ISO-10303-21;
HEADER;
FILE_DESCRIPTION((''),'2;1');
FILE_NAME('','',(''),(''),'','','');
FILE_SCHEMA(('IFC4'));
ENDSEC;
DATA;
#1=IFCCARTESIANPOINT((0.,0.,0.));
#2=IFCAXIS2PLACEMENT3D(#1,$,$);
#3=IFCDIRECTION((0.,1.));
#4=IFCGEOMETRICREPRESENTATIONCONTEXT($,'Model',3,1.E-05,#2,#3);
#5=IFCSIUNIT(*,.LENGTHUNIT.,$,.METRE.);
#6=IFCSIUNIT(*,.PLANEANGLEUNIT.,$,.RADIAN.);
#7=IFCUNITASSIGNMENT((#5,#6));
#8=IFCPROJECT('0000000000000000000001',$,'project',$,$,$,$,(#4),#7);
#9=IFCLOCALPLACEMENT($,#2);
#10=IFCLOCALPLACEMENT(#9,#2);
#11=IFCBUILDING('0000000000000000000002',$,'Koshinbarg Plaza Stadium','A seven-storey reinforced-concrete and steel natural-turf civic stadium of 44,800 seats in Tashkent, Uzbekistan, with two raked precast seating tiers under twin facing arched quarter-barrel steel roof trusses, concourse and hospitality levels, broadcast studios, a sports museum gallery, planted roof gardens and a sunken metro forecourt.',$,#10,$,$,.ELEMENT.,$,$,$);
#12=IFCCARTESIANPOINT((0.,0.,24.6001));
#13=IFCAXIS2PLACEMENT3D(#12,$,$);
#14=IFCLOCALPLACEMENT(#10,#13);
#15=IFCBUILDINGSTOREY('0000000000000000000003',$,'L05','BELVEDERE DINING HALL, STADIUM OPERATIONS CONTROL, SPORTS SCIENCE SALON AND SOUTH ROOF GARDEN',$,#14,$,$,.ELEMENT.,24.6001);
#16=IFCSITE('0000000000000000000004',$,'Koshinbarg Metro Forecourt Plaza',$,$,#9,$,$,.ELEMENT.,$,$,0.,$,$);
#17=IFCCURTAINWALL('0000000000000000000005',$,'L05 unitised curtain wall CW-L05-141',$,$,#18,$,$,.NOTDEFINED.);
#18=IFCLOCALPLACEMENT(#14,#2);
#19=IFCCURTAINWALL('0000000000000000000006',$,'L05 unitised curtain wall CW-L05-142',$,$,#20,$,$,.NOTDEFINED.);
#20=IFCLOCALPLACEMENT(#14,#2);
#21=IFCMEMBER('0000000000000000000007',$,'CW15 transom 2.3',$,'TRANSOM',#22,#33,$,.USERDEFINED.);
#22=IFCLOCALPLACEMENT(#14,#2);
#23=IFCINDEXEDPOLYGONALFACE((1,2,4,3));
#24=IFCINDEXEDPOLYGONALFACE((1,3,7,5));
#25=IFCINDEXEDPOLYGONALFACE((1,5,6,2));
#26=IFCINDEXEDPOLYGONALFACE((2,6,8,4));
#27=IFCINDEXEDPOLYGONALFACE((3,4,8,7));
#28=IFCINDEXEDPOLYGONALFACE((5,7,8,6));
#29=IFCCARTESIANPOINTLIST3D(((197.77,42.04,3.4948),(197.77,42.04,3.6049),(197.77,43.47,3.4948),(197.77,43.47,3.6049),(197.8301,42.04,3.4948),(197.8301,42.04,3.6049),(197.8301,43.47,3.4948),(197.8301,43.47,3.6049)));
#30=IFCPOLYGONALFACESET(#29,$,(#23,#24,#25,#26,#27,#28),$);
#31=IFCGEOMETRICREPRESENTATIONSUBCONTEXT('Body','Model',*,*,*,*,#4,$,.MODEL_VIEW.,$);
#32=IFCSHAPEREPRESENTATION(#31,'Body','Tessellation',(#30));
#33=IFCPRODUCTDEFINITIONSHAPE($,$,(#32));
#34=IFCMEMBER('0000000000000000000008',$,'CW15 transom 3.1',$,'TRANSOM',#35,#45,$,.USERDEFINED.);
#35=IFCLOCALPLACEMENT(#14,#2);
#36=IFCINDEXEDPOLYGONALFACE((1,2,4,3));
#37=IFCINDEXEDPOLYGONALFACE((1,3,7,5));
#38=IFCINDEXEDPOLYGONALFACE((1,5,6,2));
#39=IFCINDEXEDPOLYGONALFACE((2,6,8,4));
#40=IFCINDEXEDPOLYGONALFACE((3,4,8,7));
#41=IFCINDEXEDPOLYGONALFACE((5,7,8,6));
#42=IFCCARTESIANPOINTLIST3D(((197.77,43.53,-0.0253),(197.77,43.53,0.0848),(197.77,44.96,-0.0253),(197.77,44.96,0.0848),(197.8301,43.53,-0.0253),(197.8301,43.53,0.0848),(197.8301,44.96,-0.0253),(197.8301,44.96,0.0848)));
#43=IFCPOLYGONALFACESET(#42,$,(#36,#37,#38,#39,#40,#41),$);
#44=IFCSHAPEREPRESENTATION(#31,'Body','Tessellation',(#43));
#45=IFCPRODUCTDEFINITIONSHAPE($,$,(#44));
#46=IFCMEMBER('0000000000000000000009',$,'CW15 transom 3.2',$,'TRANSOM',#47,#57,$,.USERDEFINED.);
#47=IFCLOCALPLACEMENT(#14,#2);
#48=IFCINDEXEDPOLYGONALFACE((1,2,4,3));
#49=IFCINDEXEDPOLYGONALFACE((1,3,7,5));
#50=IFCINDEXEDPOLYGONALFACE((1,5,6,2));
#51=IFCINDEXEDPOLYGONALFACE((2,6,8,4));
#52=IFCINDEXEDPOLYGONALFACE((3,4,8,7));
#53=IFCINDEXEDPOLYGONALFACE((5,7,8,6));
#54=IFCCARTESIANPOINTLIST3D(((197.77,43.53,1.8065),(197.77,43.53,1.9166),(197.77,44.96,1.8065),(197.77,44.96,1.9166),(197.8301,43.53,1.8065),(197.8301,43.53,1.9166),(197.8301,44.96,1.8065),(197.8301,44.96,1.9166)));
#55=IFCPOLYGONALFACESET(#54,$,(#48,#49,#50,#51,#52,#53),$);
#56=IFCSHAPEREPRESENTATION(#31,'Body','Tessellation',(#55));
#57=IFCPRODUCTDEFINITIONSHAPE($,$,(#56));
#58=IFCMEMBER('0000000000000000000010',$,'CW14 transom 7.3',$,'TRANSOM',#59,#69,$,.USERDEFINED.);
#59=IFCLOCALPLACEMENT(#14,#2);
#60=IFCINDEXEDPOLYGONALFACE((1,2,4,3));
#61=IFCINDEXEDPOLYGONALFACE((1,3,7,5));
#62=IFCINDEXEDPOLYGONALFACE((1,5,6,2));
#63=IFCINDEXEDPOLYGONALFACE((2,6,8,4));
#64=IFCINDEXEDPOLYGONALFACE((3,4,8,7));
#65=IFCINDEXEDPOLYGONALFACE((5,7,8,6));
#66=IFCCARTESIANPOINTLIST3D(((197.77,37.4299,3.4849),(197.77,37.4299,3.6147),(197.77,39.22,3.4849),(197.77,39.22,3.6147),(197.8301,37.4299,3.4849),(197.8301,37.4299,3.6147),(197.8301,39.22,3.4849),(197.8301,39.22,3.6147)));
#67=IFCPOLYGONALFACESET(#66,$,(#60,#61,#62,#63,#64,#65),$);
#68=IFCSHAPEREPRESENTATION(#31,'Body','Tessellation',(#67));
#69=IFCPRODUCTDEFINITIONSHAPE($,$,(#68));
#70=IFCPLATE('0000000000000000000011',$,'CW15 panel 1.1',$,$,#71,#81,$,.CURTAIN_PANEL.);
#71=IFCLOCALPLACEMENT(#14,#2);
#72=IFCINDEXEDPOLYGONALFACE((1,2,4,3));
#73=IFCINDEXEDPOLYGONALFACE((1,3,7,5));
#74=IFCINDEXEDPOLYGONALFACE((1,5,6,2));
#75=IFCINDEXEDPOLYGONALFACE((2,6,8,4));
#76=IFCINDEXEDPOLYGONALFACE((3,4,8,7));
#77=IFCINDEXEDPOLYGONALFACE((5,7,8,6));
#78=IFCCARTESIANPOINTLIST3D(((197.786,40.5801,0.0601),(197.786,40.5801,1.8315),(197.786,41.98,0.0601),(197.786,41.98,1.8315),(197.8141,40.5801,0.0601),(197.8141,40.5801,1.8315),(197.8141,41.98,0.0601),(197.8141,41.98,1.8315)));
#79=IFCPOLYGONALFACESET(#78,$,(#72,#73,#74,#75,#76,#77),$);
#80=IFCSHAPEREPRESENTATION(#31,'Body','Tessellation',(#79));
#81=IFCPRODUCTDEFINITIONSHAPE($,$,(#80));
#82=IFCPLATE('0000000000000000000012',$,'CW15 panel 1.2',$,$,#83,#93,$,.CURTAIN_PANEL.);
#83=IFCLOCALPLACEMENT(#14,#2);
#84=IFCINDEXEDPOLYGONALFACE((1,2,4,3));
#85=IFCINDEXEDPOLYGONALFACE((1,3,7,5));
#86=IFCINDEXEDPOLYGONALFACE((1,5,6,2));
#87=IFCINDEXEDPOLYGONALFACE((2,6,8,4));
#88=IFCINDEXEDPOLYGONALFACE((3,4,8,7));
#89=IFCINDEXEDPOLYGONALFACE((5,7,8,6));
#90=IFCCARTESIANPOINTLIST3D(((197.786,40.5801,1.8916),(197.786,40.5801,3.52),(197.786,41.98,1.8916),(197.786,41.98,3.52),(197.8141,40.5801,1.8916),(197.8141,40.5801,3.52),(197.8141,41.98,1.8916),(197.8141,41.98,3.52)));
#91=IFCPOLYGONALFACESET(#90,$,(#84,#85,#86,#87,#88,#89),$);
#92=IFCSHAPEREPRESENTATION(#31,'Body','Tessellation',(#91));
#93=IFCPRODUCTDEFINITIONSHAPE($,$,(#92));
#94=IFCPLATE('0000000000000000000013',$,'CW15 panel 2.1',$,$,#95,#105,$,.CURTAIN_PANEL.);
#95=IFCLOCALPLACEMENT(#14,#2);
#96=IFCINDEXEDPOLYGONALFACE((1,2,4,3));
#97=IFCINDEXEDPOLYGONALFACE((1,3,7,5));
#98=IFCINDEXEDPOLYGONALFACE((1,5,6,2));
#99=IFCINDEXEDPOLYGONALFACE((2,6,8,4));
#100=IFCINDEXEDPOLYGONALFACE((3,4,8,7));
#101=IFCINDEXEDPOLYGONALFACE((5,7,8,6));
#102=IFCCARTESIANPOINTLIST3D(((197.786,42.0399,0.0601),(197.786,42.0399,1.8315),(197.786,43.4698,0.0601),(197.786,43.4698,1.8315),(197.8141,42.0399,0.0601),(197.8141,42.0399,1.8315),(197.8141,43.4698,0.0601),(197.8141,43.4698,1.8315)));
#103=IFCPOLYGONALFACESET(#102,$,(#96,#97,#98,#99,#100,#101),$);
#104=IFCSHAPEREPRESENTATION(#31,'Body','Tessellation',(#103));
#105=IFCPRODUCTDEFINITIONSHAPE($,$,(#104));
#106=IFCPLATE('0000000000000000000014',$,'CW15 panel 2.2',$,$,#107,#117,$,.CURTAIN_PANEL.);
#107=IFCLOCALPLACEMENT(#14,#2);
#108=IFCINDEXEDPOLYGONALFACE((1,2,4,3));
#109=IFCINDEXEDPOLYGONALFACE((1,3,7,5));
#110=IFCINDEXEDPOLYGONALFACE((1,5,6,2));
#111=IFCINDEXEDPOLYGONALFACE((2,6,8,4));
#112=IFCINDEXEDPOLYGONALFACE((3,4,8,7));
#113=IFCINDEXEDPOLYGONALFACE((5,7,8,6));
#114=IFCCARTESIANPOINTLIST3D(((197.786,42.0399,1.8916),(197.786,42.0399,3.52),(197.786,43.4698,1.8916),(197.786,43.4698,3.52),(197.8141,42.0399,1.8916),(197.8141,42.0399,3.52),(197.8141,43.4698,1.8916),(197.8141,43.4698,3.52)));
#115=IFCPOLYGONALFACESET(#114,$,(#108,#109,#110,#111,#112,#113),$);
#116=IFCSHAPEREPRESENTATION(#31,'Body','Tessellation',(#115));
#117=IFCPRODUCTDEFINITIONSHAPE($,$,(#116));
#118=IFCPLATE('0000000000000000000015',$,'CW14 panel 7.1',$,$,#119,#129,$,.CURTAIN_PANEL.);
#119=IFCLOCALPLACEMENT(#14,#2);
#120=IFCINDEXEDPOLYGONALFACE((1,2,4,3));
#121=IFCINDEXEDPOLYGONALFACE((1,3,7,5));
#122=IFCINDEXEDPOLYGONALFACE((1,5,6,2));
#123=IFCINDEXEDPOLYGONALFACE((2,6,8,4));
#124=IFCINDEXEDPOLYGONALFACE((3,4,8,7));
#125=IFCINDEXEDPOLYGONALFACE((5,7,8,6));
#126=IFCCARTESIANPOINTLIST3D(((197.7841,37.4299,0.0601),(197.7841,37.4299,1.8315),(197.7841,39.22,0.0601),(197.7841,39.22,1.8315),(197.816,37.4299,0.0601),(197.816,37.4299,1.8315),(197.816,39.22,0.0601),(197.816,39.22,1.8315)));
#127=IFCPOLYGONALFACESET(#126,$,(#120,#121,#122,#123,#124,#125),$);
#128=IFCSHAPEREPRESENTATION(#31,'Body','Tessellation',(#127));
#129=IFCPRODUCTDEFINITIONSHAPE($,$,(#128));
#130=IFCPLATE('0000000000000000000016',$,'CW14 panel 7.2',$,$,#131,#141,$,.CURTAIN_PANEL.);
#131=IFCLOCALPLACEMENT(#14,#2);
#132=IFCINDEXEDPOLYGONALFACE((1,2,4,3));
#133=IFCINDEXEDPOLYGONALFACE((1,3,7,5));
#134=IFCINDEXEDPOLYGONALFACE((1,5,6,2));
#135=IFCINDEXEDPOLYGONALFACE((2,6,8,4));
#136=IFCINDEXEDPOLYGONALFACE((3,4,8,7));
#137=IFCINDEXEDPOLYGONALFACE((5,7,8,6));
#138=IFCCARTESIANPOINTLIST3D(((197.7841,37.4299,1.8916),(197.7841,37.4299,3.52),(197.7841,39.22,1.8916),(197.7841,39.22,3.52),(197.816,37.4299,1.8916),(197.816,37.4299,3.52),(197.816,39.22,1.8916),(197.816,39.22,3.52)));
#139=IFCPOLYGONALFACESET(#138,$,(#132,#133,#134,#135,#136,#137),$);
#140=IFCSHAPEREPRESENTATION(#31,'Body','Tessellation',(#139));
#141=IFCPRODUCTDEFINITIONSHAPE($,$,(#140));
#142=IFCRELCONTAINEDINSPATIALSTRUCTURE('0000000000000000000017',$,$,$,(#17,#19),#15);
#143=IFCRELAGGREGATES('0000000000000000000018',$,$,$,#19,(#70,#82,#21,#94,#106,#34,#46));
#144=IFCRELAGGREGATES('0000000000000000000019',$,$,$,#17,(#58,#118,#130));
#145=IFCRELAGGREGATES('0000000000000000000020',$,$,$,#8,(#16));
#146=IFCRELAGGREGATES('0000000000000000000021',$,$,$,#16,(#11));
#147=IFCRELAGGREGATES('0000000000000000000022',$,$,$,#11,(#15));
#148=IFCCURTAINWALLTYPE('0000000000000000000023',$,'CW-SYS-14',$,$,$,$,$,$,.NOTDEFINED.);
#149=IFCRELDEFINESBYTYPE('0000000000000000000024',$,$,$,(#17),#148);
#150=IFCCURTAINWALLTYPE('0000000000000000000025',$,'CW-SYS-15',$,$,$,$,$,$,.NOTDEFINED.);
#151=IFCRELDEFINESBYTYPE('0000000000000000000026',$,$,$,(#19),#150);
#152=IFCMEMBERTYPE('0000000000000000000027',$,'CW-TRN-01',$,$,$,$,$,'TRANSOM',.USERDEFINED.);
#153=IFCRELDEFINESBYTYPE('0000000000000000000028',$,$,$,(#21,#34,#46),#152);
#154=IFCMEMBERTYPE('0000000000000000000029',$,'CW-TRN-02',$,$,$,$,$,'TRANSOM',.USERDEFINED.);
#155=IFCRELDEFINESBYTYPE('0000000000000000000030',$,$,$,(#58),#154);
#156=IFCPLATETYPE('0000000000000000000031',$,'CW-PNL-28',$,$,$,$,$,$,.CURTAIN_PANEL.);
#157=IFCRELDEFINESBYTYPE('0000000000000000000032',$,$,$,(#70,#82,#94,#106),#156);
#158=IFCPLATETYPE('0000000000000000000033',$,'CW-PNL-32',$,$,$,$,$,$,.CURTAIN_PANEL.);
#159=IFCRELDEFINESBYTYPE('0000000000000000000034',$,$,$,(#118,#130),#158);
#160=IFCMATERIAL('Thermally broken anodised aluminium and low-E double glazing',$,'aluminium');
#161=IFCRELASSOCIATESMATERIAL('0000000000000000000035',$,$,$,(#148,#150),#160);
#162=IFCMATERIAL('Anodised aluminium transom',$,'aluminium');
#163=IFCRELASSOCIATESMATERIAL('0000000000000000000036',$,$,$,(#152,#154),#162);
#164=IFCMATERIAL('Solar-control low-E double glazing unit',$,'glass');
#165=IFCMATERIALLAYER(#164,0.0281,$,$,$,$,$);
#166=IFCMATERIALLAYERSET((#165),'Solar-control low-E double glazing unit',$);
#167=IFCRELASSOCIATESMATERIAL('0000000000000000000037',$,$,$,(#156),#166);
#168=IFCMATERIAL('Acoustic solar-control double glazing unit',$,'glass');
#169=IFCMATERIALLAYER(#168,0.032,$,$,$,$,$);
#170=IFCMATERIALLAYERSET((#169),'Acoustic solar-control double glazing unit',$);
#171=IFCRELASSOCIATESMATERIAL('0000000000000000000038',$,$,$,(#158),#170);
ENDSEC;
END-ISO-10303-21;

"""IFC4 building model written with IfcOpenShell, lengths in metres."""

from ifc_helpers import new_model, si_unit, direction, frame, origin, origin_2d, place, context, subcontext, project, spatial, rectangle, extrude, material, layer, layer_set, material_profile, profile_set, type_object, element, aggregate, save


model = new_model("IFC4")

# Units and contexts
model_context = context("Model", 3, precision=1e-05, world=origin(), true_north=direction((0.0, 1.0)))
body_context = subcontext(model_context, "Body", "Model", "MODEL_VIEW")
ifc_project = project(units=[si_unit("LENGTHUNIT", "METRE"), si_unit("PLANEANGLEUNIT", "RADIAN")], contexts=[model_context])

# Site, building, storey
site_placement = place(None, origin())
site = spatial("IfcSite", under=ifc_project, at=site_placement, Name="Koshinbarg Metro Forecourt Plaza", CompositionType="ELEMENT", RefElevation=0.0)
building_placement = place(site_placement, origin())
building = spatial("IfcBuilding", under=site, at=building_placement, Name="Koshinbarg Plaza Stadium", Description="A seven-storey reinforced-concrete and steel natural-turf civic stadium of 44,800 seats in Tashkent, Uzbekistan, with two raked precast seating tiers under twin facing arched quarter-barrel steel roof trusses, concourse and hospitality levels, broadcast studios, a sports museum gallery, planted roof gardens and a sunken metro forecourt.", CompositionType="ELEMENT")
storey_placement = place(building_placement, frame((0.0, 0.0, 24.6001)))
storey = spatial("IfcBuildingStorey", under=building, at=storey_placement, Name="L05", Description="BELVEDERE DINING HALL, STADIUM OPERATIONS CONTROL, SPORTS SCIENCE SALON AND SOUTH ROOF GARDEN", CompositionType="ELEMENT", Elevation=24.6001)

# Curtain wall
ifc_material_1 = material(Name="Thermally broken anodised aluminium and low-E double glazing", Category="aluminium")
curtain_wall_type_1 = type_object("IfcCurtainWallType", Name="CW-SYS-14", PredefinedType="NOTDEFINED", material=ifc_material_1)
curtain_wall_1_placement = place(storey_placement, origin())
curtain_wall_1 = element("IfcCurtainWall", 1, at=curtain_wall_1_placement, inside=storey, type_object=curtain_wall_type_1, Name="L05 unitised curtain wall CW-L05-141", PredefinedType="NOTDEFINED")

# Curtain wall, members
curtain_wall_type_2 = type_object("IfcCurtainWallType", Name="CW-SYS-15", PredefinedType="NOTDEFINED", material=ifc_material_1)
curtain_wall_2_placement = place(storey_placement, origin())
curtain_wall_2 = element("IfcCurtainWall", 2, at=curtain_wall_2_placement, inside=storey, type_object=curtain_wall_type_2, Name="L05 unitised curtain wall CW-L05-142", PredefinedType="NOTDEFINED")
ifc_material_2 = material(Name="Anodised aluminium transom", Category="aluminium")
ifc_material_profile_1 = material_profile(ifc_material_2, rectangle(XDim=0.0601, YDim=0.1101, at=origin_2d()), Name="ALU 60x110")
ifc_profile_set_1 = profile_set([ifc_material_profile_1], Name="Anodised aluminium transom")
member_type_1 = type_object("IfcMemberType", Name="CW-TRN-01", ElementType="TRANSOM", PredefinedType="USERDEFINED", material=ifc_profile_set_1)
member_1_placement = place(storey_placement, frame((197.8, 42.04, 3.5498), z_axis=(0.0, 1.0, 0.0), x_axis=(-1.0, 0.0, 0.0)))
member_1 = element("IfcMember", 3, at=member_1_placement, type_object=member_type_1, Name="CW15 transom 2.3", ObjectType="TRANSOM", PredefinedType="USERDEFINED", context=body_context, shape_type="SweptSolid", body=[
    extrude(rectangle(XDim=0.0601, YDim=0.1101, at=origin_2d()), origin(), (0.0, 0.0, 1.0), 1.4299),
])
member_2_placement = place(storey_placement, frame((197.8, 43.53, 0.0298), z_axis=(0.0, 1.0, 0.0), x_axis=(-1.0, 0.0, 0.0)))
member_2 = element("IfcMember", 4, at=member_2_placement, type_object=member_type_1, Name="CW15 transom 3.1", ObjectType="TRANSOM", PredefinedType="USERDEFINED", context=body_context, shape_type="SweptSolid", body=[
    extrude(rectangle(XDim=0.0601, YDim=0.1101, at=origin_2d()), origin(), (0.0, 0.0, 1.0), 1.4299),
])
member_3_placement = place(storey_placement, frame((197.8, 43.53, 1.8616), z_axis=(0.0, 1.0, 0.0), x_axis=(-1.0, 0.0, 0.0)))
member_3 = element("IfcMember", 5, at=member_3_placement, type_object=member_type_1, Name="CW15 transom 3.2", ObjectType="TRANSOM", PredefinedType="USERDEFINED", context=body_context, shape_type="SweptSolid", body=[
    extrude(rectangle(XDim=0.0601, YDim=0.1101, at=origin_2d()), origin(), (0.0, 0.0, 1.0), 1.4299),
])

# Member
ifc_material_profile_2 = material_profile(ifc_material_2, rectangle(XDim=0.0601, YDim=0.1299, at=origin_2d()), Name="ALU 60x130")
ifc_profile_set_2 = profile_set([ifc_material_profile_2], Name="Anodised aluminium transom")
member_type_2 = type_object("IfcMemberType", Name="CW-TRN-02", ElementType="TRANSOM", PredefinedType="USERDEFINED", material=ifc_profile_set_2)
member_4_placement = place(storey_placement, frame((197.8, 37.4299, 3.5498), z_axis=(0.0, 1.0, 0.0), x_axis=(-1.0, 0.0, 0.0)))
member_4 = element("IfcMember", 6, at=member_4_placement, type_object=member_type_2, Name="CW14 transom 7.3", ObjectType="TRANSOM", PredefinedType="USERDEFINED", context=body_context, shape_type="SweptSolid", body=[
    extrude(rectangle(XDim=0.0601, YDim=0.1299, at=origin_2d()), origin(), (0.0, 0.0, 1.0), 1.79),
])

# Plates
ifc_material_3 = material(Name="Solar-control low-E double glazing unit", Category="glass")
ifc_layer_1 = layer(ifc_material_3, 0.0281)
ifc_layer_set_1 = layer_set([ifc_layer_1], Name="Solar-control low-E double glazing unit")
plate_type_1 = type_object("IfcPlateType", Name="CW-PNL-28", PredefinedType="CURTAIN_PANEL", material=ifc_layer_set_1)
plate_1_placement = place(storey_placement, frame((197.8, 41.28, 0.0601), z_axis=(0.0, 0.0, 1.0), x_axis=(0.0, 1.0, 0.0)))
plate_1 = element("IfcPlate", 7, at=plate_1_placement, type_object=plate_type_1, Name="CW15 panel 1.1", PredefinedType="CURTAIN_PANEL", context=body_context, shape_type="SweptSolid", body=[
    extrude(rectangle(XDim=1.3999, YDim=0.0281, at=origin_2d()), origin(), (0.0, 0.0, 1.0), 1.7715),
])
plate_2_placement = place(storey_placement, frame((197.8, 41.28, 1.8916), z_axis=(0.0, 0.0, 1.0), x_axis=(0.0, 1.0, 0.0)))
plate_2 = element("IfcPlate", 8, at=plate_2_placement, type_object=plate_type_1, Name="CW15 panel 1.2", PredefinedType="CURTAIN_PANEL", context=body_context, shape_type="SweptSolid", body=[
    extrude(rectangle(XDim=1.3999, YDim=0.0281, at=origin_2d()), origin(), (0.0, 0.0, 1.0), 1.6284),
])
plate_3_placement = place(storey_placement, frame((197.8, 42.7549, 0.0601), z_axis=(0.0, 0.0, 1.0), x_axis=(0.0, 1.0, 0.0)))
plate_3 = element("IfcPlate", 9, at=plate_3_placement, type_object=plate_type_1, Name="CW15 panel 2.1", PredefinedType="CURTAIN_PANEL", context=body_context, shape_type="SweptSolid", body=[
    extrude(rectangle(XDim=1.4299, YDim=0.0281, at=origin_2d()), origin(), (0.0, 0.0, 1.0), 1.7715),
])
plate_4_placement = place(storey_placement, frame((197.8, 42.7549, 1.8916), z_axis=(0.0, 0.0, 1.0), x_axis=(0.0, 1.0, 0.0)))
plate_4 = element("IfcPlate", 10, at=plate_4_placement, type_object=plate_type_1, Name="CW15 panel 2.2", PredefinedType="CURTAIN_PANEL", context=body_context, shape_type="SweptSolid", body=[
    extrude(rectangle(XDim=1.4299, YDim=0.0281, at=origin_2d()), origin(), (0.0, 0.0, 1.0), 1.6284),
])
aggregate(curtain_wall_2, [plate_1, plate_2, member_1, plate_3, plate_4, member_2, member_3])
ifc_material_4 = material(Name="Acoustic solar-control double glazing unit", Category="glass")
ifc_layer_2 = layer(ifc_material_4, 0.032)
ifc_layer_set_2 = layer_set([ifc_layer_2], Name="Acoustic solar-control double glazing unit")
plate_type_2 = type_object("IfcPlateType", Name="CW-PNL-32", PredefinedType="CURTAIN_PANEL", material=ifc_layer_set_2)
plate_5_placement = place(storey_placement, frame((197.8, 38.325, 0.0601), z_axis=(0.0, 0.0, 1.0), x_axis=(0.0, 1.0, 0.0)))
plate_5 = element("IfcPlate", 11, at=plate_5_placement, type_object=plate_type_2, Name="CW14 panel 7.1", PredefinedType="CURTAIN_PANEL", context=body_context, shape_type="SweptSolid", body=[
    extrude(rectangle(XDim=1.79, YDim=0.032, at=origin_2d()), origin(), (0.0, 0.0, 1.0), 1.7715),
])
plate_6_placement = place(storey_placement, frame((197.8, 38.325, 1.8916), z_axis=(0.0, 0.0, 1.0), x_axis=(0.0, 1.0, 0.0)))
plate_6 = element("IfcPlate", 12, at=plate_6_placement, type_object=plate_type_2, Name="CW14 panel 7.2", PredefinedType="CURTAIN_PANEL", context=body_context, shape_type="SweptSolid", body=[
    extrude(rectangle(XDim=1.79, YDim=0.032, at=origin_2d()), origin(), (0.0, 0.0, 1.0), 1.6284),
])
aggregate(curtain_wall_1, [member_4, plate_5, plate_6])

save(model, "model.ifc")
